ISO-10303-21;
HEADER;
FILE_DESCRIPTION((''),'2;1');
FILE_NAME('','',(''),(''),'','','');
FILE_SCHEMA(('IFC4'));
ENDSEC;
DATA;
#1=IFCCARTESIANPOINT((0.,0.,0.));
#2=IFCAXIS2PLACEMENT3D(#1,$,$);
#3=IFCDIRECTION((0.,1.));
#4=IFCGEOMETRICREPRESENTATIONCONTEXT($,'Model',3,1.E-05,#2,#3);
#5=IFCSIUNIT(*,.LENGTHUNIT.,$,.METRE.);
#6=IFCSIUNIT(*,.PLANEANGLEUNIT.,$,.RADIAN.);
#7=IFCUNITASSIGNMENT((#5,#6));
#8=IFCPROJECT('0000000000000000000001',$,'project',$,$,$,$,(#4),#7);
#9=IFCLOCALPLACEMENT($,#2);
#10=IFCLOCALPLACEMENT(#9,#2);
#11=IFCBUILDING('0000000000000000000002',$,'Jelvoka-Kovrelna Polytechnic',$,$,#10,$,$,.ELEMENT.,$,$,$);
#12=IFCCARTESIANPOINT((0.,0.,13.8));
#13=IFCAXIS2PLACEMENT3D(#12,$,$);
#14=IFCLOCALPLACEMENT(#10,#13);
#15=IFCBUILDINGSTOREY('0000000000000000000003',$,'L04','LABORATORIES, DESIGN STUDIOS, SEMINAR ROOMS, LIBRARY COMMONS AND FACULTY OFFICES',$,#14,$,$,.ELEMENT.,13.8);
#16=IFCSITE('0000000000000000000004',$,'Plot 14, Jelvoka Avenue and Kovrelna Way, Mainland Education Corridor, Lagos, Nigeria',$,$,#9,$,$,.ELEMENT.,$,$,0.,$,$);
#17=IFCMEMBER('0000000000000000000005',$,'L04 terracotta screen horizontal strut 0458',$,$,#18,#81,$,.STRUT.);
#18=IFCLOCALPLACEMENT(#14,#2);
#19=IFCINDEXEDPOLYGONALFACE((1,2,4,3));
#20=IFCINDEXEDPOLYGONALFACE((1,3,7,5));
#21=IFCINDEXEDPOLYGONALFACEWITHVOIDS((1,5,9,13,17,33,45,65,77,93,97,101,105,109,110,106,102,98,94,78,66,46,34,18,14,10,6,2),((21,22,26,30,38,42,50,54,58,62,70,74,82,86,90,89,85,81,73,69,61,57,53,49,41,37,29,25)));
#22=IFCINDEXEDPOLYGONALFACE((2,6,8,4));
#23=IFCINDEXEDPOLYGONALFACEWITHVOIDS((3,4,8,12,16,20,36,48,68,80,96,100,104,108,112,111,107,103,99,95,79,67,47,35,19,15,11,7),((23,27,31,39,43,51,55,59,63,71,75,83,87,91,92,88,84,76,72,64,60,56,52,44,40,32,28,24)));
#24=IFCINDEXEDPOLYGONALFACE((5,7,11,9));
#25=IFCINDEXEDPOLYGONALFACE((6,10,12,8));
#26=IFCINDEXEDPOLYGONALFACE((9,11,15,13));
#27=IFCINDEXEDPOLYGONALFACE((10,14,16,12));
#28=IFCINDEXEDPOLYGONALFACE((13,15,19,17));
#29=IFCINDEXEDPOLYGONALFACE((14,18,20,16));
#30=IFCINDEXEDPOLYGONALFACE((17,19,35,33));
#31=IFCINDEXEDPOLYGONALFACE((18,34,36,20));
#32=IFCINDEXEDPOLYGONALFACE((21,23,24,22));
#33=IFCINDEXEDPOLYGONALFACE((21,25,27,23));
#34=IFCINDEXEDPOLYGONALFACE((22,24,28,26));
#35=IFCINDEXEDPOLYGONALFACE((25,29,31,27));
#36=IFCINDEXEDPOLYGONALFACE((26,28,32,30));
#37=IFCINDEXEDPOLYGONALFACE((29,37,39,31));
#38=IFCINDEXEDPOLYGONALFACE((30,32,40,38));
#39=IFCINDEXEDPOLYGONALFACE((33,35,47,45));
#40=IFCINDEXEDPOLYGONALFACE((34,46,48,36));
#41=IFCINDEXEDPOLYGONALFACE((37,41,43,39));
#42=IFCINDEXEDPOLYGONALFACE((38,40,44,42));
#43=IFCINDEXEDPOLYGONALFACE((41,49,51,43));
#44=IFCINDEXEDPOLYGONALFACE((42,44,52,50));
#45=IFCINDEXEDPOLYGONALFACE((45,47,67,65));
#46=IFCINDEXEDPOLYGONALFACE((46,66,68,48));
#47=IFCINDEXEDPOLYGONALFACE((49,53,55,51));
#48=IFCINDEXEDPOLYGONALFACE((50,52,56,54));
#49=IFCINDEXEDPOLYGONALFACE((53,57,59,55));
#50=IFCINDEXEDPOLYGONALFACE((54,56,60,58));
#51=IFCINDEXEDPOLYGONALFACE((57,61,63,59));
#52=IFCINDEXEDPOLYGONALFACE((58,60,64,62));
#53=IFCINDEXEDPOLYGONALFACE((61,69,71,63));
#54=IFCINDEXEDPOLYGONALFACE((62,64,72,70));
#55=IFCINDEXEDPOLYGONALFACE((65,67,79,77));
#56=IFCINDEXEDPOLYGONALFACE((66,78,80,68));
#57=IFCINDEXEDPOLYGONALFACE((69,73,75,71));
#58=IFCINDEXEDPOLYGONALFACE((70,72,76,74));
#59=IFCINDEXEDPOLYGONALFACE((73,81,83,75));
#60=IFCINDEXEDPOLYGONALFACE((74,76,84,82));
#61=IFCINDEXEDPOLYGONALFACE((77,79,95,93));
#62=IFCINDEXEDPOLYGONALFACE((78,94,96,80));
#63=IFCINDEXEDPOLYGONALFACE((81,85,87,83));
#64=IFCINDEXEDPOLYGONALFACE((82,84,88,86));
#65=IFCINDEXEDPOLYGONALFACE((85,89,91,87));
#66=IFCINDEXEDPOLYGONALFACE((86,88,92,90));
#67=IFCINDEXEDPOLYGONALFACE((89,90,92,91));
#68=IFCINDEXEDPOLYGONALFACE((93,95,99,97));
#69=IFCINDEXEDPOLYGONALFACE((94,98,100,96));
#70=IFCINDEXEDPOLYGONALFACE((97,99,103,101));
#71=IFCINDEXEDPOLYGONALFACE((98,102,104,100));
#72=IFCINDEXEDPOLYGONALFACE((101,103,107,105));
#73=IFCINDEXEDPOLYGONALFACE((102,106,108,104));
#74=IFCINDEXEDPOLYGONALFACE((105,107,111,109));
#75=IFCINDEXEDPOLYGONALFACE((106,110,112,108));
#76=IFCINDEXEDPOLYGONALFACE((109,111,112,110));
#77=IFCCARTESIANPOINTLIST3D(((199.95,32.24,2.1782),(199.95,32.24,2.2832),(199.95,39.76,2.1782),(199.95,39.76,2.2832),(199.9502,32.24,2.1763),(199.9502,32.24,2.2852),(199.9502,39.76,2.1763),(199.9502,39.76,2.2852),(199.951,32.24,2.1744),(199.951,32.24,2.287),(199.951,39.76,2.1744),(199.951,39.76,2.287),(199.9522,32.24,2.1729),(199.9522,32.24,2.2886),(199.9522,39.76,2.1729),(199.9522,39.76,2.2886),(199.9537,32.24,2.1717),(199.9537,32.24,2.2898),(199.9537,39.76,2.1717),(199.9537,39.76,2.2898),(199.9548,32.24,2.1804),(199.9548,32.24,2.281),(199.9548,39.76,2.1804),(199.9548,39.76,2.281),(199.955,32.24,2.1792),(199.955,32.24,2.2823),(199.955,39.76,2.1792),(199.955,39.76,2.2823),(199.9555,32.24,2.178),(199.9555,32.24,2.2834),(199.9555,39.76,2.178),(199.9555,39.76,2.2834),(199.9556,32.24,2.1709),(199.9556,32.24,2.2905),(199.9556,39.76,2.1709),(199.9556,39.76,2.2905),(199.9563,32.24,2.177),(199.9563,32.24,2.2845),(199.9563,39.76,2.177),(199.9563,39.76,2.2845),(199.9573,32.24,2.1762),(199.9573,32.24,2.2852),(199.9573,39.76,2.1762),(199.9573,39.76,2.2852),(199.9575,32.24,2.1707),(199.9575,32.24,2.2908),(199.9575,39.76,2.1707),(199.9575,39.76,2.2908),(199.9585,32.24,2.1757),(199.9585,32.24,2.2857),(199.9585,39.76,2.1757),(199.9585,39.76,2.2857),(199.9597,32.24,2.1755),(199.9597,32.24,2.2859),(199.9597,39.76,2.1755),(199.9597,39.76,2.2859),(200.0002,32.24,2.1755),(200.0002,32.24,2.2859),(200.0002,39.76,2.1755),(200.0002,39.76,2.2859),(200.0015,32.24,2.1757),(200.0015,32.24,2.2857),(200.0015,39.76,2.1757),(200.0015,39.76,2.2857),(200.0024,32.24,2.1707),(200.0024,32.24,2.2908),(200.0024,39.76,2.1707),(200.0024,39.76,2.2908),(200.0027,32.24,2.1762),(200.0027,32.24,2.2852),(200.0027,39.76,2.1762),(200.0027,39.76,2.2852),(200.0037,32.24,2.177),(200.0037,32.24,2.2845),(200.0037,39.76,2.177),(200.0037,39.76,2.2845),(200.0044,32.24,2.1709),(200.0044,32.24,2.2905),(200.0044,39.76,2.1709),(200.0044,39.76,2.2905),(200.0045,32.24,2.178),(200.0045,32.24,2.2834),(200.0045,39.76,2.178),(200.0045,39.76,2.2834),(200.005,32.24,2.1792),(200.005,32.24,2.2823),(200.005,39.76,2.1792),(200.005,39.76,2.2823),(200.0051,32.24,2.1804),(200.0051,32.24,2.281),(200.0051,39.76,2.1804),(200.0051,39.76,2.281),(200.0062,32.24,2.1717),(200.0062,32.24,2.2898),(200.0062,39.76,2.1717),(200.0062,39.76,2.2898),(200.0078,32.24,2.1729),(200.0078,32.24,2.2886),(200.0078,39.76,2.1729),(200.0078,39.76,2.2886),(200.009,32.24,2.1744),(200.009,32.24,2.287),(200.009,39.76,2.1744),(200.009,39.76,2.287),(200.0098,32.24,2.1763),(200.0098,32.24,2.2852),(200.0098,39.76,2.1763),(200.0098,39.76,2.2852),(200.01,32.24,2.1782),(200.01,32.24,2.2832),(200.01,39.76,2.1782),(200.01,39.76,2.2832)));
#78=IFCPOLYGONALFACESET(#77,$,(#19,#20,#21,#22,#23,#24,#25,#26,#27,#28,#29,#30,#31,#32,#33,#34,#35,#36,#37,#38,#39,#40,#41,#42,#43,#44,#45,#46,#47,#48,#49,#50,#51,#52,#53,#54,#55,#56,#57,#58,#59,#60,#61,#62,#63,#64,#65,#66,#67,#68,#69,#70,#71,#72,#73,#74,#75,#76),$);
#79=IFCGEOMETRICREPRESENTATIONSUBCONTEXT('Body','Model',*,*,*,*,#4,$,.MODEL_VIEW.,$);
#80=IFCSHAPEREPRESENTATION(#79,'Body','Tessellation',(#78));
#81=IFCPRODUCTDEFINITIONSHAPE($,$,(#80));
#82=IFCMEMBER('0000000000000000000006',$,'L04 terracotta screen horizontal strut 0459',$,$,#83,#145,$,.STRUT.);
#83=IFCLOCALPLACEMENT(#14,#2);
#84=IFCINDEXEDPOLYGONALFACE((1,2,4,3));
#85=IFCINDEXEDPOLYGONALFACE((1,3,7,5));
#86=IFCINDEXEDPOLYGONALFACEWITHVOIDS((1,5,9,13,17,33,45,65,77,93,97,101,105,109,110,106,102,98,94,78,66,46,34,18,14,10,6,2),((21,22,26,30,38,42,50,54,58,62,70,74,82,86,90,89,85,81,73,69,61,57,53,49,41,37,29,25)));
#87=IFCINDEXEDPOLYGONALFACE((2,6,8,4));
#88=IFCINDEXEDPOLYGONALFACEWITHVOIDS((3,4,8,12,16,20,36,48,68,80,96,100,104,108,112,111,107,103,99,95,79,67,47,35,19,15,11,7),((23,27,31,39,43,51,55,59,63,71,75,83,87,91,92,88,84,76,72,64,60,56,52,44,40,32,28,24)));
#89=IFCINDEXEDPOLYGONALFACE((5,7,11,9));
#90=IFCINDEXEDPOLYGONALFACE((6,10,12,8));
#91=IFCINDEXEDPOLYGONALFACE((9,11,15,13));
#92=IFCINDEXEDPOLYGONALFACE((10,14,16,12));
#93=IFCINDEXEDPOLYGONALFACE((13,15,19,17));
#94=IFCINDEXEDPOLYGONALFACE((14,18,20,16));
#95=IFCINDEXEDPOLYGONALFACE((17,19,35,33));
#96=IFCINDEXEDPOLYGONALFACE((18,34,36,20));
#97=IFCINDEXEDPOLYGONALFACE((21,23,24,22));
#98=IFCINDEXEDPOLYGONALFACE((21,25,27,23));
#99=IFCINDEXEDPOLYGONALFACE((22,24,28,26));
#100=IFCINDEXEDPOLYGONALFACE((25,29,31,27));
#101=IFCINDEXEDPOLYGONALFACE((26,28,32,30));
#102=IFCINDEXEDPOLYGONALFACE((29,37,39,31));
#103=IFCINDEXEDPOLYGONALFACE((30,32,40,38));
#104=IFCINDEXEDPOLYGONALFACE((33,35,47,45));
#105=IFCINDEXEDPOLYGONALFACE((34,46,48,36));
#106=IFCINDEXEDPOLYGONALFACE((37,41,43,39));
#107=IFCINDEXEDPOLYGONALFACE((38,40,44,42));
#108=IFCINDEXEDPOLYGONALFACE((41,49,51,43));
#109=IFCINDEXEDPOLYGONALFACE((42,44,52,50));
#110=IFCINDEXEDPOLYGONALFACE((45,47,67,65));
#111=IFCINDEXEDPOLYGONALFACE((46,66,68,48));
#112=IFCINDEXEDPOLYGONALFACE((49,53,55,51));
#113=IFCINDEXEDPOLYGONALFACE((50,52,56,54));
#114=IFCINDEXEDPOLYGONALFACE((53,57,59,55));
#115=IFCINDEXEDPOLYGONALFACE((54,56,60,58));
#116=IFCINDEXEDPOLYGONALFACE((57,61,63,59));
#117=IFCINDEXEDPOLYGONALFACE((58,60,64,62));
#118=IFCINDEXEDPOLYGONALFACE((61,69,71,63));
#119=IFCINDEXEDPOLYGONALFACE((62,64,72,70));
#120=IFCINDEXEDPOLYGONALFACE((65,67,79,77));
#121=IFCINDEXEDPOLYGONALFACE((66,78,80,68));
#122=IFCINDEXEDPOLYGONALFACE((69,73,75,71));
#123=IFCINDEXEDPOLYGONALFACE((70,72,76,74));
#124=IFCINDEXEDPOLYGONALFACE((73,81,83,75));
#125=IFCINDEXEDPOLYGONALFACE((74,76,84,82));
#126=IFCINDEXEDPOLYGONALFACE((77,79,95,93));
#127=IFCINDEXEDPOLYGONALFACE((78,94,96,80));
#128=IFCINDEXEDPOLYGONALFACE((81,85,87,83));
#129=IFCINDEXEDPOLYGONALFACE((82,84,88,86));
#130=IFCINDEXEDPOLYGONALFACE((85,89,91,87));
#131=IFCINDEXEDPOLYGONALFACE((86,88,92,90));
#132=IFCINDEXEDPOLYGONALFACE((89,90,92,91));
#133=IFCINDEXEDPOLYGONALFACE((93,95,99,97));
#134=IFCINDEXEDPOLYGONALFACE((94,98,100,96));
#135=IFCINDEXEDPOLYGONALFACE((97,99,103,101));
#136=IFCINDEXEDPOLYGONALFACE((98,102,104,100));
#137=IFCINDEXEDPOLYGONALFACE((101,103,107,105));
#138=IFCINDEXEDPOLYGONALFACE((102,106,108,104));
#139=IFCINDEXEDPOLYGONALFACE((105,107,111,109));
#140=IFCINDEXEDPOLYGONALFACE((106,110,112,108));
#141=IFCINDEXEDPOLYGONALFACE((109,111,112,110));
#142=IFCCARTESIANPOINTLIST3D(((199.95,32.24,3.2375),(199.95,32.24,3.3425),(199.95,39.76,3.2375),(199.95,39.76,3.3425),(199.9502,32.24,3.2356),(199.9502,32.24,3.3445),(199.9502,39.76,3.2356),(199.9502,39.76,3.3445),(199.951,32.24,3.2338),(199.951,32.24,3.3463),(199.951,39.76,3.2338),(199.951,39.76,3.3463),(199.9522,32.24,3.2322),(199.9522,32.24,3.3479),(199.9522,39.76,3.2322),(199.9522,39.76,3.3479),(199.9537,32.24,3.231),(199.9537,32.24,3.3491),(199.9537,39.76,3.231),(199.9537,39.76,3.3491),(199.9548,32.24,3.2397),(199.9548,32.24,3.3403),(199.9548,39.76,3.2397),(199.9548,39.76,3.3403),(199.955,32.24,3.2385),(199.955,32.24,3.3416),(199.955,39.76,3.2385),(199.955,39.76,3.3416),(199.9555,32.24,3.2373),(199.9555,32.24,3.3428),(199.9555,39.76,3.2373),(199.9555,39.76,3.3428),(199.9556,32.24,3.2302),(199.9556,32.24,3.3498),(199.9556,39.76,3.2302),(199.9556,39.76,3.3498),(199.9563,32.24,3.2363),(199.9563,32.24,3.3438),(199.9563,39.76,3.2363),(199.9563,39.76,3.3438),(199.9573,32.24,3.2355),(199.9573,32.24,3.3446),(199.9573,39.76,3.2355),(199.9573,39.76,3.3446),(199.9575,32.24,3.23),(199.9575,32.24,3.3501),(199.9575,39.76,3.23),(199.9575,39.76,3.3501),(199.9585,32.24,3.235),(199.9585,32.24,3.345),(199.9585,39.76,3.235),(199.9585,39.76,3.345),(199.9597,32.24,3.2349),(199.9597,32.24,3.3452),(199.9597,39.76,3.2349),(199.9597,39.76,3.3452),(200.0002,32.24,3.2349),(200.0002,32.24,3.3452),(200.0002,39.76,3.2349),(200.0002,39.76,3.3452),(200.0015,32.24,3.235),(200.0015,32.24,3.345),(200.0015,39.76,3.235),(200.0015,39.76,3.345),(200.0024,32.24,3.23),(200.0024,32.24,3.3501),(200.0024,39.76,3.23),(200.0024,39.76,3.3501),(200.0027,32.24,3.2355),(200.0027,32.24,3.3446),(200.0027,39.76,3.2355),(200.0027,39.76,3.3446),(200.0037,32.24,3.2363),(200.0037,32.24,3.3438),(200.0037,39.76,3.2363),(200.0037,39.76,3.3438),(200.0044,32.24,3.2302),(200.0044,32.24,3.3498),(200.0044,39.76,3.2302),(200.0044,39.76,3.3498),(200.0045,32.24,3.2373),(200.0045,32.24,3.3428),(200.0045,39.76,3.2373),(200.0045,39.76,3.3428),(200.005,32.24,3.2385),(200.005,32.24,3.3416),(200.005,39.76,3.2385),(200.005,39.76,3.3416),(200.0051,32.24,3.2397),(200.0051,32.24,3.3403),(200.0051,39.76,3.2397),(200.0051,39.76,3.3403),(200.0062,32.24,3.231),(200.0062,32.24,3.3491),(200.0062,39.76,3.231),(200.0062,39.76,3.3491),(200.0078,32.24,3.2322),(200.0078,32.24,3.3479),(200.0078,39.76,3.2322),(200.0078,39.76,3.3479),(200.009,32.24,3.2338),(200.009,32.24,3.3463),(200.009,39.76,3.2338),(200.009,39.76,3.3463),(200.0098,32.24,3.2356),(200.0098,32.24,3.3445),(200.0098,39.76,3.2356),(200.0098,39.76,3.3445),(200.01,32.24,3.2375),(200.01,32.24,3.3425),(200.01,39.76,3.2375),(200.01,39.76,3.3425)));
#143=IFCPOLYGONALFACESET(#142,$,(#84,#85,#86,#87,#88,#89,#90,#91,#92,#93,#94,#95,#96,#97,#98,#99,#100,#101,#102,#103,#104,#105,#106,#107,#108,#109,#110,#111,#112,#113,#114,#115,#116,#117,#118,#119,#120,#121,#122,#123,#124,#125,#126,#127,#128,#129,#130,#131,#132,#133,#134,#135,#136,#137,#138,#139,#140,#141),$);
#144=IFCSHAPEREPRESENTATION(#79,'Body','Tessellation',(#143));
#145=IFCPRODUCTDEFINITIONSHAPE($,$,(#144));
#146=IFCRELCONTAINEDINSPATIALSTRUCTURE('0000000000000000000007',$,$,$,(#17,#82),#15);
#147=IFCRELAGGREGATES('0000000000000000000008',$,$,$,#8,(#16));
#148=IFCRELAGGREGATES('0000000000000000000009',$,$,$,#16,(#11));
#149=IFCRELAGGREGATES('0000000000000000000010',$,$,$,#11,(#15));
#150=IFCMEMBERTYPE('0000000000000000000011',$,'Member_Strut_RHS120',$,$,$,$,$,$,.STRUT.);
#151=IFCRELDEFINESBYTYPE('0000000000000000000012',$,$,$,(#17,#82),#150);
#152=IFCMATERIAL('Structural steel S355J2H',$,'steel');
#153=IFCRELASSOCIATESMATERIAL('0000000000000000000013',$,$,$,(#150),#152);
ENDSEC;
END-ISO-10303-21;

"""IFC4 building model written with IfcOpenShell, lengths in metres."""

from ifc_helpers import new_model, si_unit, direction, frame, origin, origin_2d, place, context, subcontext, project, spatial, hollow_rectangle, extrude, material, material_profile, profile_set, type_object, element, save


model = new_model("IFC4")

# Units and contexts
model_context = context("Model", 3, precision=1e-05, world=origin(), true_north=direction((0.0, 1.0)))
body_context = subcontext(model_context, "Body", "Model", "MODEL_VIEW")
ifc_project = project(units=[si_unit("LENGTHUNIT", "METRE"), si_unit("PLANEANGLEUNIT", "RADIAN")], contexts=[model_context])

# Site, building, storey
site_placement = place(None, origin())
site = spatial("IfcSite", under=ifc_project, at=site_placement, Name="Plot 14, Jelvoka Avenue and Kovrelna Way, Mainland Education Corridor, Lagos, Nigeria", CompositionType="ELEMENT", RefElevation=0.0)
building_placement = place(site_placement, origin())
building = spatial("IfcBuilding", under=site, at=building_placement, Name="Jelvoka-Kovrelna Polytechnic", CompositionType="ELEMENT")
storey_placement = place(building_placement, frame((0.0, 0.0, 13.8)))
storey = spatial("IfcBuildingStorey", under=building, at=storey_placement, Name="L04", Description="LABORATORIES, DESIGN STUDIOS, SEMINAR ROOMS, LIBRARY COMMONS AND FACULTY OFFICES", CompositionType="ELEMENT", Elevation=13.8)

# Members
ifc_material_1 = material(Name="Structural steel S355J2H", Category="steel")
ifc_material_profile_1 = material_profile(ifc_material_1, hollow_rectangle(XDim=0.0601, YDim=0.1201, WallThickness=0.0049, InnerFilletRadius=0.0049, OuterFilletRadius=0.0076, at=origin_2d()), Name="120x60x5.0 RHS")
ifc_profile_set_1 = profile_set([ifc_material_profile_1], Name="Structural steel S355J2H")
member_type_1 = type_object("IfcMemberType", Name="Member_Strut_RHS120", PredefinedType="STRUT", material=ifc_profile_set_1)
for number, where, z_axis, x_axis, name in (
    (1, (199.98, 32.24, 2.2307), (0.0, 1.0, 0.0), (-1.0, 0.0, 0.0), "L04 terracotta screen horizontal strut 0458"),
    (2, (199.98, 32.24, 3.29), (0.0, 1.0, 0.0), (-1.0, 0.0, 0.0), "L04 terracotta screen horizontal strut 0459"),
):
    element("IfcMember", number, at=place(storey_placement, frame(where, z_axis=z_axis, x_axis=x_axis)), inside=storey, type_object=member_type_1, Name=name, PredefinedType="STRUT", context=body_context, shape_type="SweptSolid", body=[
        extrude(hollow_rectangle(XDim=0.0601, YDim=0.1201, WallThickness=0.0049, InnerFilletRadius=0.0049, OuterFilletRadius=0.0076, at=origin_2d()), origin(), (0.0, 0.0, 1.0), 7.52),
    ])

save(model, "model.ifc")
